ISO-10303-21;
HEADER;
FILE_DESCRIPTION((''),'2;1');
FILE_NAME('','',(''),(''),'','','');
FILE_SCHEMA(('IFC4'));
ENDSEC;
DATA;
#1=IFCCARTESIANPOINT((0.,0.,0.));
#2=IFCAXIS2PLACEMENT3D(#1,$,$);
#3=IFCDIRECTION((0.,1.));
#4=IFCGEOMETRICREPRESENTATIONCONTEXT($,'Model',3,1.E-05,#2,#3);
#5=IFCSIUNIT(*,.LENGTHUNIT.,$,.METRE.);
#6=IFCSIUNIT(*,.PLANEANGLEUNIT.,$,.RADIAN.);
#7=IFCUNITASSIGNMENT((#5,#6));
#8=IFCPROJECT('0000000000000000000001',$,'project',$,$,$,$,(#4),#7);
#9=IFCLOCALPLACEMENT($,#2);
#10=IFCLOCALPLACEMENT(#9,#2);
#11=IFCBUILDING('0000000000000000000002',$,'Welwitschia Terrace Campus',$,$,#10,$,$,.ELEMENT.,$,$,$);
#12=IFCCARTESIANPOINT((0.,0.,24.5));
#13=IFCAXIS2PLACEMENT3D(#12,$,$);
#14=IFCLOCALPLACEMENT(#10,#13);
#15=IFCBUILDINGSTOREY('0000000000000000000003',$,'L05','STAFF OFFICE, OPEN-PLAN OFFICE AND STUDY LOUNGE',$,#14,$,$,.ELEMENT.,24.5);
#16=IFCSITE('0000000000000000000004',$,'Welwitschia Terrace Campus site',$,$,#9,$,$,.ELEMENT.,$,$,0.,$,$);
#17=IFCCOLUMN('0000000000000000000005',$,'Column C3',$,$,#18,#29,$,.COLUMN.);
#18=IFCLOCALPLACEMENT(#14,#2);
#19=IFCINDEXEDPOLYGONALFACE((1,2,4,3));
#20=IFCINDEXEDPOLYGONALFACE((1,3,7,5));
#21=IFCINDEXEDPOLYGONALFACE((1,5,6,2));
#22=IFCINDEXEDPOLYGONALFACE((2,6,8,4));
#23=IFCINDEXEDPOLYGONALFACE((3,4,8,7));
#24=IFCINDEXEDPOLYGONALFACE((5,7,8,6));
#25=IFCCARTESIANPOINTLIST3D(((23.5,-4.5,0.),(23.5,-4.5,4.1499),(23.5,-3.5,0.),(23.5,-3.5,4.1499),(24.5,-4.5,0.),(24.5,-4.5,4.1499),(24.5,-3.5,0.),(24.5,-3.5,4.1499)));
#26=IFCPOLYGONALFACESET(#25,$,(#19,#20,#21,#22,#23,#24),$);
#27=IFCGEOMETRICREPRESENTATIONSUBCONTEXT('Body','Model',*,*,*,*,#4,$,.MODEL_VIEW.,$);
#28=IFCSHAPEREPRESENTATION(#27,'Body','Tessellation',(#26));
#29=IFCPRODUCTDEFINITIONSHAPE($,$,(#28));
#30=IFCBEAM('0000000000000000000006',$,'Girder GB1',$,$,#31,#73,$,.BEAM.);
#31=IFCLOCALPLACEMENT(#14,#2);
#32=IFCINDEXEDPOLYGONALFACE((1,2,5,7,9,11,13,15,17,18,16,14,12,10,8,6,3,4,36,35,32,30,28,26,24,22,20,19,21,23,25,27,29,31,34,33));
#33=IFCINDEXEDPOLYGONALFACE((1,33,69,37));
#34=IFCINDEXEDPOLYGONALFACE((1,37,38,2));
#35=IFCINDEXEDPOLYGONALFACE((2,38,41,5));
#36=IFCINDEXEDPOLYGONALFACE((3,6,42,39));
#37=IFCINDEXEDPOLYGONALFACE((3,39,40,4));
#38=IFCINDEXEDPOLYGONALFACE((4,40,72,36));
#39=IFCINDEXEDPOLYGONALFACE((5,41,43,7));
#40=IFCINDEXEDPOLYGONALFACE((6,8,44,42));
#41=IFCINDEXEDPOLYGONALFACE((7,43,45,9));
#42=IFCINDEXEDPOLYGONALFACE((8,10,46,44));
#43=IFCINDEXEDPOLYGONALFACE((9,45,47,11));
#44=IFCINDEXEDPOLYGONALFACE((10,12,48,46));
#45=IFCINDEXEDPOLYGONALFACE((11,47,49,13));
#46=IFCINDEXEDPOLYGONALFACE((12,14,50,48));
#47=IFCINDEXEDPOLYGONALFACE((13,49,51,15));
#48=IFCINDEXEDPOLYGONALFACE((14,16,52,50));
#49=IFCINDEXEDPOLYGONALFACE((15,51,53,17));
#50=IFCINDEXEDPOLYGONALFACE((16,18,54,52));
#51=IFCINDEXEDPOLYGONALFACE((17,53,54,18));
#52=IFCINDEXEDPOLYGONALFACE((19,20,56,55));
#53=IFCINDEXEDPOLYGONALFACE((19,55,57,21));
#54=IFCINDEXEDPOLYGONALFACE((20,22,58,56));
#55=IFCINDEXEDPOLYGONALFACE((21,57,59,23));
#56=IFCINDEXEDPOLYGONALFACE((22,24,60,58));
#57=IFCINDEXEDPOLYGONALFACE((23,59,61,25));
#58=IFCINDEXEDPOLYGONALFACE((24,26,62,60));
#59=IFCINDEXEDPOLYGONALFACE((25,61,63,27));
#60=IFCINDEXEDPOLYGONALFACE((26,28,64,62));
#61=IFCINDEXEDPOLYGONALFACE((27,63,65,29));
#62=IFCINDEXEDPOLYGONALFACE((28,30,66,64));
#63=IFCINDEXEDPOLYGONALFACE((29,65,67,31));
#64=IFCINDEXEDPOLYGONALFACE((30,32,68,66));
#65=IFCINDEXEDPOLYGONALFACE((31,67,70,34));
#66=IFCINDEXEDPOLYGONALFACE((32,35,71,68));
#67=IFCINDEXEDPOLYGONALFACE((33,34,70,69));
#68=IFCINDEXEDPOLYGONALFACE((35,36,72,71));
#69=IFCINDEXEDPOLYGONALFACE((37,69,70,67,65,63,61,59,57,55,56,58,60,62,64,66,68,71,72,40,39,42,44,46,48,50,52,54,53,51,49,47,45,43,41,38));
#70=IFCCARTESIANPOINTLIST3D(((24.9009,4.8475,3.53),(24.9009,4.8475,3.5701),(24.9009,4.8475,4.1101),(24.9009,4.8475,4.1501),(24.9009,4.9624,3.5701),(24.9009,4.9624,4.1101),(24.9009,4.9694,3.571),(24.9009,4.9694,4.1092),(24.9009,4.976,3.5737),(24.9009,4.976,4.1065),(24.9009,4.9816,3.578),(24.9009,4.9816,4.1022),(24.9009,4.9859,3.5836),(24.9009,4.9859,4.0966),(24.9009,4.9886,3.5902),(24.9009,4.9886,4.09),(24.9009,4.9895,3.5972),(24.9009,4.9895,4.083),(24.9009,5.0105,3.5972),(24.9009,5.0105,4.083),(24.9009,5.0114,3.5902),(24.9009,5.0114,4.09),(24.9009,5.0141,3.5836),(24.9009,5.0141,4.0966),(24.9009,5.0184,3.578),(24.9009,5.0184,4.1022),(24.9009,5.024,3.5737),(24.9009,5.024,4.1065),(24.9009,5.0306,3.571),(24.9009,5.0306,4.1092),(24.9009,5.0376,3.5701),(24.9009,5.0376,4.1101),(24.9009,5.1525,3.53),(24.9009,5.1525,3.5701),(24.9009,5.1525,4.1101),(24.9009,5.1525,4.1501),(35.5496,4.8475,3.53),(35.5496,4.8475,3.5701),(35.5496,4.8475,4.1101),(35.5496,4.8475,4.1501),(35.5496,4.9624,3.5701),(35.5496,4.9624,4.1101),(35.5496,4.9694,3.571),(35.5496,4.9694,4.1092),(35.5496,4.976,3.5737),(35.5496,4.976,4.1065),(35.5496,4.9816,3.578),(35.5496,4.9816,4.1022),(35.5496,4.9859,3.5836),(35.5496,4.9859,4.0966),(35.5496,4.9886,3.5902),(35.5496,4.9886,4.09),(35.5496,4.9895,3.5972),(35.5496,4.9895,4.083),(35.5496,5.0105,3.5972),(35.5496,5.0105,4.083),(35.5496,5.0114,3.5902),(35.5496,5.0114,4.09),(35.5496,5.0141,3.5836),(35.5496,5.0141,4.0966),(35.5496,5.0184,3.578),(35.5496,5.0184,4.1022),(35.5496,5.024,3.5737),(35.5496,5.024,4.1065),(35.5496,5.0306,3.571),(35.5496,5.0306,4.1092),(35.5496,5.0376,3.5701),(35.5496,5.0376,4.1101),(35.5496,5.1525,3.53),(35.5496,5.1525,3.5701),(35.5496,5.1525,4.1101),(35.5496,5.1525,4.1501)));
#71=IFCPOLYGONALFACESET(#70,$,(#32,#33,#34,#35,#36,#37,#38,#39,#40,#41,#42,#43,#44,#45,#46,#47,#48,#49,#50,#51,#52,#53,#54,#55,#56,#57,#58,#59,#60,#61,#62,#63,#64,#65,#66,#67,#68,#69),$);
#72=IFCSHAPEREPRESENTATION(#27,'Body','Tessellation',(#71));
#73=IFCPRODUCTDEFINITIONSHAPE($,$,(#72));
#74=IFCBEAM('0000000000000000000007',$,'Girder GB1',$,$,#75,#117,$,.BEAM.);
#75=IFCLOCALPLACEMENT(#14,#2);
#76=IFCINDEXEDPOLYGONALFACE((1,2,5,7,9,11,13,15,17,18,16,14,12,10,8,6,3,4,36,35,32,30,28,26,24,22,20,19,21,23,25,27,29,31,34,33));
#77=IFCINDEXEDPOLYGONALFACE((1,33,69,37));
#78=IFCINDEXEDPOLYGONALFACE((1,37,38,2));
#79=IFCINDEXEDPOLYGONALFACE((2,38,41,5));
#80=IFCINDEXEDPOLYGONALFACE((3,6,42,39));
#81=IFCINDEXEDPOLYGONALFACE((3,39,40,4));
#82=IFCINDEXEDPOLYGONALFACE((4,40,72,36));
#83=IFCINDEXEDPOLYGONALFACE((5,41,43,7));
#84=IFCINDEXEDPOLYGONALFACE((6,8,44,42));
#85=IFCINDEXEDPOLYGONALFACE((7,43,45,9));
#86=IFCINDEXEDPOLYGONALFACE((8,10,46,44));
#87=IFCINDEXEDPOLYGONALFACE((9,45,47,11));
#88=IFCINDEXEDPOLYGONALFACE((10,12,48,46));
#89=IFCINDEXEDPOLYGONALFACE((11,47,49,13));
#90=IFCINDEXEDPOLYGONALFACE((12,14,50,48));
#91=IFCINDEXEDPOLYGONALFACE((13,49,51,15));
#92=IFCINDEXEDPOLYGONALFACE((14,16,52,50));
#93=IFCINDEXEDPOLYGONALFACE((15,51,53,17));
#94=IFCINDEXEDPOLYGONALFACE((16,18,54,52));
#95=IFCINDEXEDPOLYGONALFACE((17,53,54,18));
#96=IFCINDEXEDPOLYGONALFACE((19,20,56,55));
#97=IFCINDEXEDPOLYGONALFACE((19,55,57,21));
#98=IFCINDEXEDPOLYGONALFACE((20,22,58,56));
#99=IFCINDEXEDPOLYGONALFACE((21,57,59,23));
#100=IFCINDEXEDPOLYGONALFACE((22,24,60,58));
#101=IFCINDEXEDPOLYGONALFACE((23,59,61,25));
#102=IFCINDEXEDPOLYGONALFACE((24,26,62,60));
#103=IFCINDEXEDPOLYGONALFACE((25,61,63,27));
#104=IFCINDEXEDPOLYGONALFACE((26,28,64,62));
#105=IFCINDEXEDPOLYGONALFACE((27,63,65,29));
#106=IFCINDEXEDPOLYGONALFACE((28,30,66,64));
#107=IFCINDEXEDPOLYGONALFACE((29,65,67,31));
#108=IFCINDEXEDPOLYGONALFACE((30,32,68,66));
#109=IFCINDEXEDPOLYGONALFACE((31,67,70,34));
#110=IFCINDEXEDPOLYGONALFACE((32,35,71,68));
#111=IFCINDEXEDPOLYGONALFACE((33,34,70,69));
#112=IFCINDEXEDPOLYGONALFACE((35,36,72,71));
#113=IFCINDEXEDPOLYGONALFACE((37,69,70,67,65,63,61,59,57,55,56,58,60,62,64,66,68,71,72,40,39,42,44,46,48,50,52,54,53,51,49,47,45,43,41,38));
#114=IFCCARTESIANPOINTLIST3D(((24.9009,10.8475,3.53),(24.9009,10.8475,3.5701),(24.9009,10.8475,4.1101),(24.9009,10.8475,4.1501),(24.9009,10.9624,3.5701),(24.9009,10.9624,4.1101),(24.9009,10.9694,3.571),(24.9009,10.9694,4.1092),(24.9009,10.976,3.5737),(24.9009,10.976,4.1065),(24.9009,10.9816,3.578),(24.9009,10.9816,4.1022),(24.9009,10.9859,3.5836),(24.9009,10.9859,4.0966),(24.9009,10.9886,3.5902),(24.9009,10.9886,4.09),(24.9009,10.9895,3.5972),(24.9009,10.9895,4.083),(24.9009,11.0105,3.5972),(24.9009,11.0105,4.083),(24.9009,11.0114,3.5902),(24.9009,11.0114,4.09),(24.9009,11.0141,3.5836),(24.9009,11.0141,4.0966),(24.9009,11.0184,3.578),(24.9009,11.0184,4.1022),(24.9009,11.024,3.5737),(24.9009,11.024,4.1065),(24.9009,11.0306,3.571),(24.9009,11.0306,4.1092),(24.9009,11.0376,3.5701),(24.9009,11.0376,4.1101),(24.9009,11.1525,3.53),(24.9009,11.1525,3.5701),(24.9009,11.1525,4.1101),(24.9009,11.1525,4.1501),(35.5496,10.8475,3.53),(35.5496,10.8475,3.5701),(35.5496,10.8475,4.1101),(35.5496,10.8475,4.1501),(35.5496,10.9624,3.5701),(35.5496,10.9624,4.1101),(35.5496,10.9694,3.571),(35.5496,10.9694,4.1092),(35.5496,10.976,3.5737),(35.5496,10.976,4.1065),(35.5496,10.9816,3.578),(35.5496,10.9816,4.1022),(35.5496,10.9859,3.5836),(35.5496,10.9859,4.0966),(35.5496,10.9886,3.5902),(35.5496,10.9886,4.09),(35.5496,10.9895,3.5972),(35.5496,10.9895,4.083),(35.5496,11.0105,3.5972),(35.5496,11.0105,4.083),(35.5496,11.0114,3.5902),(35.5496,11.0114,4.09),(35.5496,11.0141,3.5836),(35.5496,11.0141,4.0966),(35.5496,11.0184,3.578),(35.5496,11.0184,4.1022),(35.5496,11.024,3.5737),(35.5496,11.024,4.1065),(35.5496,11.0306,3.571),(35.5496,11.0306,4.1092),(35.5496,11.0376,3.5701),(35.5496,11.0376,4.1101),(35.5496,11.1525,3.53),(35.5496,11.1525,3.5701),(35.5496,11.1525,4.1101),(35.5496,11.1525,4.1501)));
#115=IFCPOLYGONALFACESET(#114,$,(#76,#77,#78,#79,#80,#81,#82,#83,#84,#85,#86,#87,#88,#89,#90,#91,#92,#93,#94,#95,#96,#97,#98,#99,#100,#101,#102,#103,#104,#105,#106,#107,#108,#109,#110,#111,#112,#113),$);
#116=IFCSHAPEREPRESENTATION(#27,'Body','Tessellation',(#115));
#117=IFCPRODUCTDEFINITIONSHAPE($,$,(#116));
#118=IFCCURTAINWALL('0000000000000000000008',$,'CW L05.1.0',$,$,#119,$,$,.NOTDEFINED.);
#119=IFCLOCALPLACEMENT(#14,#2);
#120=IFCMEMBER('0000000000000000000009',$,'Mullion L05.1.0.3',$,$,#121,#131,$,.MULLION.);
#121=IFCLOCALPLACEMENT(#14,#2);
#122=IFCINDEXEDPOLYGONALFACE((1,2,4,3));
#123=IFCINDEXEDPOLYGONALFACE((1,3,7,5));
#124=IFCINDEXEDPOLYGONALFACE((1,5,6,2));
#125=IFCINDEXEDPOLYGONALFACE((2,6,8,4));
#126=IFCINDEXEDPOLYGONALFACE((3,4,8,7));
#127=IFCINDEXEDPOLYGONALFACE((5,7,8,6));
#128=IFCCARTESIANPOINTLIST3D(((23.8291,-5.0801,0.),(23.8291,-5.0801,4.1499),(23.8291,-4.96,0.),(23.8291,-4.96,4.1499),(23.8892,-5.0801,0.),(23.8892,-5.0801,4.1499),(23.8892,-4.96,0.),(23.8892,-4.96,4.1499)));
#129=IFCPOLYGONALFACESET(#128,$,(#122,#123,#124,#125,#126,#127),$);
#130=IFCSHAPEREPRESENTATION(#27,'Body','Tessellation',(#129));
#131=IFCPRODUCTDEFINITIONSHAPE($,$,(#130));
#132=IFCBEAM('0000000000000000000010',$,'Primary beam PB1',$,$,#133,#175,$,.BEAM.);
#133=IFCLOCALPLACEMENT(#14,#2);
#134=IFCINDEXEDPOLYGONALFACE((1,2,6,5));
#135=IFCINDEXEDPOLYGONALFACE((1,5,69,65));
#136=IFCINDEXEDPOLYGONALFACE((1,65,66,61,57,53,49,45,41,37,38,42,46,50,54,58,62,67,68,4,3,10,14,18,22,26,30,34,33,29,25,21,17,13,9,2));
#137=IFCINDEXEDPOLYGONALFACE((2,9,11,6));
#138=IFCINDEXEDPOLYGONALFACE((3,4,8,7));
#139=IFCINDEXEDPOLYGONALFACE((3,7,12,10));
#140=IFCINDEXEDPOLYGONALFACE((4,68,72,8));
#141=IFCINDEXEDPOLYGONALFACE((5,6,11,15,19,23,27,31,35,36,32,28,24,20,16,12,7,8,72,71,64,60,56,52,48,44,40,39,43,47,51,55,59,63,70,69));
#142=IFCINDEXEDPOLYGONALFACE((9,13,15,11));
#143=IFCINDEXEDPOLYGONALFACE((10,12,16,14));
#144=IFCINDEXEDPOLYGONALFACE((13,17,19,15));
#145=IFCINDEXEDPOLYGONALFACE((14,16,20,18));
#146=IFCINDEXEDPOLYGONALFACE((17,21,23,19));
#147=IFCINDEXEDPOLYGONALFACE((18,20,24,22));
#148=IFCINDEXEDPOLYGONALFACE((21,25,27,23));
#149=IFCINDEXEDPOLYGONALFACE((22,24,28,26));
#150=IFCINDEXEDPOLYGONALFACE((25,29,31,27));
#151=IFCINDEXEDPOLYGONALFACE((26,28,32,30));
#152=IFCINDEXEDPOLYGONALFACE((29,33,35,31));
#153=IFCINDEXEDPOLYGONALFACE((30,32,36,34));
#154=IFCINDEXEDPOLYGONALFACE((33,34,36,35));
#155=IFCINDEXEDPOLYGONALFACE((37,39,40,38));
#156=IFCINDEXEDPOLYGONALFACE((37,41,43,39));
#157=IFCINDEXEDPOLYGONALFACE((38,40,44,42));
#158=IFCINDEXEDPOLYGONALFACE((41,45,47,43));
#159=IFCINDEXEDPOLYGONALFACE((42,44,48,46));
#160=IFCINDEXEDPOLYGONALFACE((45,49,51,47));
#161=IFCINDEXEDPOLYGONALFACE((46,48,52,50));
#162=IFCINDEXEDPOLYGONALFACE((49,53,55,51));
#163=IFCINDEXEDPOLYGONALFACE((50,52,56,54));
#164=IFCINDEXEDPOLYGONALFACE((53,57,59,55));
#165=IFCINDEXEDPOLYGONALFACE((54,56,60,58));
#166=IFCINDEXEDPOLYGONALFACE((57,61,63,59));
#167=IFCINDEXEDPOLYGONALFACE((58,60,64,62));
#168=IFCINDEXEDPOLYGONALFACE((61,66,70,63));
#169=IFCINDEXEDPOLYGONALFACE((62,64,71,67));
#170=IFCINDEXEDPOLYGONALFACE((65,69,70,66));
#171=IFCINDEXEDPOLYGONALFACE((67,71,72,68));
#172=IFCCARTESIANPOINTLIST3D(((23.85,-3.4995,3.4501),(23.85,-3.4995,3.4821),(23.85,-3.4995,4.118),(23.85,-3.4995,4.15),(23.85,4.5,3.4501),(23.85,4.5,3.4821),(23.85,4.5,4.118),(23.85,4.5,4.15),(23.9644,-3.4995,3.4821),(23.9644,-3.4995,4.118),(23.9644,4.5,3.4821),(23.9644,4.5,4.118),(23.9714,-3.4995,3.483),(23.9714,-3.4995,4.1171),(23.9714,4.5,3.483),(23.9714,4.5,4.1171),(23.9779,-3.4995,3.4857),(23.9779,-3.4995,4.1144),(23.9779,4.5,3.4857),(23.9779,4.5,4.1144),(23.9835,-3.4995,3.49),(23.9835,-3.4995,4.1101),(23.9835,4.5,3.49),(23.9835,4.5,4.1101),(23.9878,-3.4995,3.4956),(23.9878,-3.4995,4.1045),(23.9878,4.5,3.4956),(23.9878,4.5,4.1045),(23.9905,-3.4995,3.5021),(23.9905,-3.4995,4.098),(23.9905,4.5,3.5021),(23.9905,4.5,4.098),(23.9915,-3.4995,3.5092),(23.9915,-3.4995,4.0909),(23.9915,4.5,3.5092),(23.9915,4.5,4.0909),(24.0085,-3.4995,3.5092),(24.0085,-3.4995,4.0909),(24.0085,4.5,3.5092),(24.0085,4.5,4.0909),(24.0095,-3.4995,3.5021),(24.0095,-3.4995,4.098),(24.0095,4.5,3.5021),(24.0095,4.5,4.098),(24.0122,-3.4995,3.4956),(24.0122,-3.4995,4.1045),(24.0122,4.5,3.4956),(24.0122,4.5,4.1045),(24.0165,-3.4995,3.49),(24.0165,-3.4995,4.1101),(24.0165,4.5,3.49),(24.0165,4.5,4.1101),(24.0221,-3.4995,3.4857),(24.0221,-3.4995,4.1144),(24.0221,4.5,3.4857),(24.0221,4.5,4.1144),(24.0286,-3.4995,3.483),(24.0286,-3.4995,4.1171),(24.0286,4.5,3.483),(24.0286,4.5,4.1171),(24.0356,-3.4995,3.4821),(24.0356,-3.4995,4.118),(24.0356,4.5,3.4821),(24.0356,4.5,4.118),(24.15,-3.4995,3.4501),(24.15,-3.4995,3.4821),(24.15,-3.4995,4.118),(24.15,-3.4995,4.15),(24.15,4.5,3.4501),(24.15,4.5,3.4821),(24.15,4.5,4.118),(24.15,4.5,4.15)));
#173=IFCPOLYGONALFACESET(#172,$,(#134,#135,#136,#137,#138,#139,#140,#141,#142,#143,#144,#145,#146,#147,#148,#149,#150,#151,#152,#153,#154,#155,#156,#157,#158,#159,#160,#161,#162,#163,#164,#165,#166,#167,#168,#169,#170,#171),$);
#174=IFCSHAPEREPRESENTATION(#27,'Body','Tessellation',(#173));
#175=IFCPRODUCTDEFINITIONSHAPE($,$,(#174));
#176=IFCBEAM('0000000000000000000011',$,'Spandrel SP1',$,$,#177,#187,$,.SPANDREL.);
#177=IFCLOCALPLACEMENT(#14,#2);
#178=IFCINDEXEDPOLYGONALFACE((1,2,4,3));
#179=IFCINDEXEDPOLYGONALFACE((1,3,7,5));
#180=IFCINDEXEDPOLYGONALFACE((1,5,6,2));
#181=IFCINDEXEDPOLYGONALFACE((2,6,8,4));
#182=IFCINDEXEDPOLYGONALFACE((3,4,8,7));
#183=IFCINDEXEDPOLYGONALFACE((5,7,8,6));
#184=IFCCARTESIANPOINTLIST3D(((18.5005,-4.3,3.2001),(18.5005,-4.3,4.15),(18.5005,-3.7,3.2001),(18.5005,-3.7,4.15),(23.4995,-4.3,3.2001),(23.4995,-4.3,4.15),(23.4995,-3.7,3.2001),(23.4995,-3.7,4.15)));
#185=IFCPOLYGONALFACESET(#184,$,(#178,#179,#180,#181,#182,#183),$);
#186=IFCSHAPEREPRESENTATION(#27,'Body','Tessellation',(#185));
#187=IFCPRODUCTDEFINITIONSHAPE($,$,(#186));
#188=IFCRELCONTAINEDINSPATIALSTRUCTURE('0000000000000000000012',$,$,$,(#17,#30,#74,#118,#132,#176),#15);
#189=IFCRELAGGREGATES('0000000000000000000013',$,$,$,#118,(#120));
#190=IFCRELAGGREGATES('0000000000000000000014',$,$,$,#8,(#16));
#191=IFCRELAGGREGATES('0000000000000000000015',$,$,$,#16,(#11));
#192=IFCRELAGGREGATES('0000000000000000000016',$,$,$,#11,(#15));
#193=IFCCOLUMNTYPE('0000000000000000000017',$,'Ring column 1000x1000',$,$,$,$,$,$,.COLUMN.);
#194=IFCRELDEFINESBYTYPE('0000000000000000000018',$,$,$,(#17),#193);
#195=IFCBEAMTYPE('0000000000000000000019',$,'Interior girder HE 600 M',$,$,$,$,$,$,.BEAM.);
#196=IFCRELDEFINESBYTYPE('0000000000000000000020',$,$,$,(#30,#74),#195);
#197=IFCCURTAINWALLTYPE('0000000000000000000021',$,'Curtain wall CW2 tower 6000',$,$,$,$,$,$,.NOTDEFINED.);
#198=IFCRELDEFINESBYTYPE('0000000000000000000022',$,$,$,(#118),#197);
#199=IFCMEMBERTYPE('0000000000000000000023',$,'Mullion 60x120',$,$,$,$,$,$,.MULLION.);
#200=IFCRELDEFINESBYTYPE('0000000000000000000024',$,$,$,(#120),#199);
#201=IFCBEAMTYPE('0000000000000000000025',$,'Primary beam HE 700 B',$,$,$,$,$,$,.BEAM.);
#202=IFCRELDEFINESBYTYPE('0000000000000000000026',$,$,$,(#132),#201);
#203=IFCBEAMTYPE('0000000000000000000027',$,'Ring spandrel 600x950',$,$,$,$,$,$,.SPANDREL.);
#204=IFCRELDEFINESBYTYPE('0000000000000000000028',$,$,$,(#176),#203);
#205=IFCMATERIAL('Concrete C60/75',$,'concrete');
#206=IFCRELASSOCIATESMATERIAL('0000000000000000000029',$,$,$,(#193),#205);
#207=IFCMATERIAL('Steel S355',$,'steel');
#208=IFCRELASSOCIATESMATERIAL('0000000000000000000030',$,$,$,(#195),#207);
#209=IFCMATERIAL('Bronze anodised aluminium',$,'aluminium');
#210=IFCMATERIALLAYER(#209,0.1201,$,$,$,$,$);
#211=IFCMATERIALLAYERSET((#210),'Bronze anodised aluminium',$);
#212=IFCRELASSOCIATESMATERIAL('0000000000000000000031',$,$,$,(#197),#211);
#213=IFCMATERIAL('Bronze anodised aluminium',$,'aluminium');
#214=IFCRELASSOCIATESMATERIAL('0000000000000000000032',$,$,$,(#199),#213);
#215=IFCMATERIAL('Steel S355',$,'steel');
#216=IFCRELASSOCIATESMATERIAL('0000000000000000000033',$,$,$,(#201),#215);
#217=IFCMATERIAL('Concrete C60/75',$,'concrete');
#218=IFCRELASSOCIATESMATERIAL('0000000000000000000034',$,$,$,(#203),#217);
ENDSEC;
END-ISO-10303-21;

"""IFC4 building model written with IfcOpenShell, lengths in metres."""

from ifc_helpers import new_model, si_unit, direction, frame, origin, origin_2d, place, context, subcontext, project, spatial, rectangle, i_section, extrude, material, layer, layer_set, material_profile, profile_set, type_object, element, aggregate, save


model = new_model("IFC4")

# Units and contexts
model_context = context("Model", 3, precision=1e-05, world=origin(), true_north=direction((0.0, 1.0)))
body_context = subcontext(model_context, "Body", "Model", "MODEL_VIEW")
ifc_project = project(units=[si_unit("LENGTHUNIT", "METRE"), si_unit("PLANEANGLEUNIT", "RADIAN")], contexts=[model_context])

# Site, building, storey
site_placement = place(None, origin())
site = spatial("IfcSite", under=ifc_project, at=site_placement, Name="Welwitschia Terrace Campus site", CompositionType="ELEMENT", RefElevation=0.0)
building_placement = place(site_placement, origin())
building = spatial("IfcBuilding", under=site, at=building_placement, Name="Welwitschia Terrace Campus", CompositionType="ELEMENT")
storey_placement = place(building_placement, frame((0.0, 0.0, 24.5)))
storey = spatial("IfcBuildingStorey", under=building, at=storey_placement, Name="L05", Description="STAFF OFFICE, OPEN-PLAN OFFICE AND STUDY LOUNGE", CompositionType="ELEMENT", Elevation=24.5)

# Column
ifc_material_1 = material(Name="Concrete C60/75", Category="concrete")
ifc_material_profile_1 = material_profile(ifc_material_1, rectangle(XDim=1.0, YDim=1.0, at=origin_2d()))
ifc_profile_set_1 = profile_set([ifc_material_profile_1], Name="Concrete C60/75")
column_type = type_object("IfcColumnType", Name="Ring column 1000x1000", PredefinedType="COLUMN", material=ifc_profile_set_1)
column_placement = place(storey_placement, frame((24.0, -4.0, 0.0), z_axis=(0.0, 0.0, 1.0), x_axis=(1.0, 0.0, 0.0)))
element("IfcColumn", 1, at=column_placement, inside=storey, type_object=column_type, Name="Column C3", PredefinedType="COLUMN", context=body_context, shape_type="SweptSolid", body=[
    extrude(rectangle(XDim=1.0, YDim=1.0, at=origin_2d()), origin(), (0.0, 0.0, 1.0), 4.1499),
])

# Beams
ifc_material_2 = material(Name="Steel S355", Category="steel")
ifc_material_profile_2 = material_profile(ifc_material_2, i_section(OverallWidth=0.3049, OverallDepth=0.6201, WebThickness=0.021, FlangeThickness=0.04, FilletRadius=0.0271, at=origin_2d()))
ifc_profile_set_2 = profile_set([ifc_material_profile_2], Name="Steel S355")
beam_type_1 = type_object("IfcBeamType", Name="Interior girder HE 600 M", PredefinedType="BEAM", material=ifc_profile_set_2)
for number, where, z_axis, x_axis, name in (
    (2, (24.9009, 5.0, 3.8401), (1.0, 0.0, 0.0), (0.0, 1.0, 0.0), "Girder GB1"),
    (3, (24.9009, 11.0, 3.8401), (1.0, 0.0, 0.0), (0.0, 1.0, 0.0), "Girder GB1"),
):
    element("IfcBeam", number, at=place(storey_placement, frame(where, z_axis=z_axis, x_axis=x_axis)), inside=storey, type_object=beam_type_1, Name=name, PredefinedType="BEAM", context=body_context, shape_type="SweptSolid", body=[
        extrude(i_section(OverallWidth=0.3049, OverallDepth=0.6201, WebThickness=0.021, FlangeThickness=0.04, FilletRadius=0.0271, at=origin_2d()), origin(), (0.0, 0.0, 1.0), 10.6487),
    ])

# Curtain wall, member
ifc_material_3 = material(Name="Bronze anodised aluminium", Category="aluminium")
ifc_layer_1 = layer(ifc_material_3, 0.1201)
ifc_layer_set_1 = layer_set([ifc_layer_1], Name="Bronze anodised aluminium")
curtain_wall_type = type_object("IfcCurtainWallType", Name="Curtain wall CW2 tower 6000", PredefinedType="NOTDEFINED", material=ifc_layer_set_1)
curtain_wall_placement = place(storey_placement, origin())
curtain_wall = element("IfcCurtainWall", 4, at=curtain_wall_placement, inside=storey, type_object=curtain_wall_type, Name="CW L05.1.0", PredefinedType="NOTDEFINED")
ifc_material_4 = material(Name="Bronze anodised aluminium", Category="aluminium")
ifc_material_profile_3 = material_profile(ifc_material_4, rectangle(XDim=0.1201, YDim=0.0601, at=origin_2d()))
ifc_profile_set_3 = profile_set([ifc_material_profile_3], Name="Bronze anodised aluminium")
member_type = type_object("IfcMemberType", Name="Mullion 60x120", PredefinedType="MULLION", material=ifc_profile_set_3)
member_placement = place(storey_placement, frame((23.8591, -5.02, 0.0), z_axis=(0.0, 0.0, 1.0), x_axis=(0.0, 1.0, 0.0)))
member = element("IfcMember", 5, at=member_placement, type_object=member_type, Name="Mullion L05.1.0.3", PredefinedType="MULLION", context=body_context, shape_type="SweptSolid", body=[
    extrude(rectangle(XDim=0.1201, YDim=0.0601, at=origin_2d()), origin(), (0.0, 0.0, 1.0), 4.1499),
])

# Beams
ifc_material_5 = material(Name="Steel S355", Category="steel")
ifc_material_profile_4 = material_profile(ifc_material_5, i_section(OverallWidth=0.3, OverallDepth=0.7, WebThickness=0.0171, FlangeThickness=0.032, FilletRadius=0.0271, at=origin_2d()))
ifc_profile_set_4 = profile_set([ifc_material_profile_4], Name="Steel S355")
beam_type_2 = type_object("IfcBeamType", Name="Primary beam HE 700 B", PredefinedType="BEAM", material=ifc_profile_set_4)
beam_placement = place(storey_placement, frame((24.0, -3.4995, 3.8), z_axis=(0.0, 1.0, 0.0), x_axis=(-1.0, 0.0, 0.0)))
element("IfcBeam", 6, at=beam_placement, inside=storey, type_object=beam_type_2, Name="Primary beam PB1", PredefinedType="BEAM", context=body_context, shape_type="SweptSolid", body=[
    extrude(i_section(OverallWidth=0.3, OverallDepth=0.7, WebThickness=0.0171, FlangeThickness=0.032, FilletRadius=0.0271, at=origin_2d()), origin(), (0.0, 0.0, 1.0), 7.9995),
])
ifc_material_6 = material(Name="Concrete C60/75", Category="concrete")
ifc_material_profile_5 = material_profile(ifc_material_6, rectangle(XDim=0.6001, YDim=0.95, at=origin_2d()))
ifc_profile_set_5 = profile_set([ifc_material_profile_5], Name="Concrete C60/75")
beam_type_3 = type_object("IfcBeamType", Name="Ring spandrel 600x950", PredefinedType="SPANDREL", material=ifc_profile_set_5)
for number, where, z_axis, x_axis, name in (
    (7, (18.5005, -4.0, 3.675), (1.0, 0.0, 0.0), (0.0, 1.0, 0.0), "Spandrel SP1"),
):
    element("IfcBeam", number, at=place(storey_placement, frame(where, z_axis=z_axis, x_axis=x_axis)), inside=storey, type_object=beam_type_3, Name=name, PredefinedType="SPANDREL", context=body_context, shape_type="SweptSolid", body=[
        extrude(rectangle(XDim=0.6001, YDim=0.95, at=origin_2d()), origin(), (0.0, 0.0, 1.0), 4.999),
    ])

aggregate(curtain_wall, [member])

save(model, "model.ifc")
